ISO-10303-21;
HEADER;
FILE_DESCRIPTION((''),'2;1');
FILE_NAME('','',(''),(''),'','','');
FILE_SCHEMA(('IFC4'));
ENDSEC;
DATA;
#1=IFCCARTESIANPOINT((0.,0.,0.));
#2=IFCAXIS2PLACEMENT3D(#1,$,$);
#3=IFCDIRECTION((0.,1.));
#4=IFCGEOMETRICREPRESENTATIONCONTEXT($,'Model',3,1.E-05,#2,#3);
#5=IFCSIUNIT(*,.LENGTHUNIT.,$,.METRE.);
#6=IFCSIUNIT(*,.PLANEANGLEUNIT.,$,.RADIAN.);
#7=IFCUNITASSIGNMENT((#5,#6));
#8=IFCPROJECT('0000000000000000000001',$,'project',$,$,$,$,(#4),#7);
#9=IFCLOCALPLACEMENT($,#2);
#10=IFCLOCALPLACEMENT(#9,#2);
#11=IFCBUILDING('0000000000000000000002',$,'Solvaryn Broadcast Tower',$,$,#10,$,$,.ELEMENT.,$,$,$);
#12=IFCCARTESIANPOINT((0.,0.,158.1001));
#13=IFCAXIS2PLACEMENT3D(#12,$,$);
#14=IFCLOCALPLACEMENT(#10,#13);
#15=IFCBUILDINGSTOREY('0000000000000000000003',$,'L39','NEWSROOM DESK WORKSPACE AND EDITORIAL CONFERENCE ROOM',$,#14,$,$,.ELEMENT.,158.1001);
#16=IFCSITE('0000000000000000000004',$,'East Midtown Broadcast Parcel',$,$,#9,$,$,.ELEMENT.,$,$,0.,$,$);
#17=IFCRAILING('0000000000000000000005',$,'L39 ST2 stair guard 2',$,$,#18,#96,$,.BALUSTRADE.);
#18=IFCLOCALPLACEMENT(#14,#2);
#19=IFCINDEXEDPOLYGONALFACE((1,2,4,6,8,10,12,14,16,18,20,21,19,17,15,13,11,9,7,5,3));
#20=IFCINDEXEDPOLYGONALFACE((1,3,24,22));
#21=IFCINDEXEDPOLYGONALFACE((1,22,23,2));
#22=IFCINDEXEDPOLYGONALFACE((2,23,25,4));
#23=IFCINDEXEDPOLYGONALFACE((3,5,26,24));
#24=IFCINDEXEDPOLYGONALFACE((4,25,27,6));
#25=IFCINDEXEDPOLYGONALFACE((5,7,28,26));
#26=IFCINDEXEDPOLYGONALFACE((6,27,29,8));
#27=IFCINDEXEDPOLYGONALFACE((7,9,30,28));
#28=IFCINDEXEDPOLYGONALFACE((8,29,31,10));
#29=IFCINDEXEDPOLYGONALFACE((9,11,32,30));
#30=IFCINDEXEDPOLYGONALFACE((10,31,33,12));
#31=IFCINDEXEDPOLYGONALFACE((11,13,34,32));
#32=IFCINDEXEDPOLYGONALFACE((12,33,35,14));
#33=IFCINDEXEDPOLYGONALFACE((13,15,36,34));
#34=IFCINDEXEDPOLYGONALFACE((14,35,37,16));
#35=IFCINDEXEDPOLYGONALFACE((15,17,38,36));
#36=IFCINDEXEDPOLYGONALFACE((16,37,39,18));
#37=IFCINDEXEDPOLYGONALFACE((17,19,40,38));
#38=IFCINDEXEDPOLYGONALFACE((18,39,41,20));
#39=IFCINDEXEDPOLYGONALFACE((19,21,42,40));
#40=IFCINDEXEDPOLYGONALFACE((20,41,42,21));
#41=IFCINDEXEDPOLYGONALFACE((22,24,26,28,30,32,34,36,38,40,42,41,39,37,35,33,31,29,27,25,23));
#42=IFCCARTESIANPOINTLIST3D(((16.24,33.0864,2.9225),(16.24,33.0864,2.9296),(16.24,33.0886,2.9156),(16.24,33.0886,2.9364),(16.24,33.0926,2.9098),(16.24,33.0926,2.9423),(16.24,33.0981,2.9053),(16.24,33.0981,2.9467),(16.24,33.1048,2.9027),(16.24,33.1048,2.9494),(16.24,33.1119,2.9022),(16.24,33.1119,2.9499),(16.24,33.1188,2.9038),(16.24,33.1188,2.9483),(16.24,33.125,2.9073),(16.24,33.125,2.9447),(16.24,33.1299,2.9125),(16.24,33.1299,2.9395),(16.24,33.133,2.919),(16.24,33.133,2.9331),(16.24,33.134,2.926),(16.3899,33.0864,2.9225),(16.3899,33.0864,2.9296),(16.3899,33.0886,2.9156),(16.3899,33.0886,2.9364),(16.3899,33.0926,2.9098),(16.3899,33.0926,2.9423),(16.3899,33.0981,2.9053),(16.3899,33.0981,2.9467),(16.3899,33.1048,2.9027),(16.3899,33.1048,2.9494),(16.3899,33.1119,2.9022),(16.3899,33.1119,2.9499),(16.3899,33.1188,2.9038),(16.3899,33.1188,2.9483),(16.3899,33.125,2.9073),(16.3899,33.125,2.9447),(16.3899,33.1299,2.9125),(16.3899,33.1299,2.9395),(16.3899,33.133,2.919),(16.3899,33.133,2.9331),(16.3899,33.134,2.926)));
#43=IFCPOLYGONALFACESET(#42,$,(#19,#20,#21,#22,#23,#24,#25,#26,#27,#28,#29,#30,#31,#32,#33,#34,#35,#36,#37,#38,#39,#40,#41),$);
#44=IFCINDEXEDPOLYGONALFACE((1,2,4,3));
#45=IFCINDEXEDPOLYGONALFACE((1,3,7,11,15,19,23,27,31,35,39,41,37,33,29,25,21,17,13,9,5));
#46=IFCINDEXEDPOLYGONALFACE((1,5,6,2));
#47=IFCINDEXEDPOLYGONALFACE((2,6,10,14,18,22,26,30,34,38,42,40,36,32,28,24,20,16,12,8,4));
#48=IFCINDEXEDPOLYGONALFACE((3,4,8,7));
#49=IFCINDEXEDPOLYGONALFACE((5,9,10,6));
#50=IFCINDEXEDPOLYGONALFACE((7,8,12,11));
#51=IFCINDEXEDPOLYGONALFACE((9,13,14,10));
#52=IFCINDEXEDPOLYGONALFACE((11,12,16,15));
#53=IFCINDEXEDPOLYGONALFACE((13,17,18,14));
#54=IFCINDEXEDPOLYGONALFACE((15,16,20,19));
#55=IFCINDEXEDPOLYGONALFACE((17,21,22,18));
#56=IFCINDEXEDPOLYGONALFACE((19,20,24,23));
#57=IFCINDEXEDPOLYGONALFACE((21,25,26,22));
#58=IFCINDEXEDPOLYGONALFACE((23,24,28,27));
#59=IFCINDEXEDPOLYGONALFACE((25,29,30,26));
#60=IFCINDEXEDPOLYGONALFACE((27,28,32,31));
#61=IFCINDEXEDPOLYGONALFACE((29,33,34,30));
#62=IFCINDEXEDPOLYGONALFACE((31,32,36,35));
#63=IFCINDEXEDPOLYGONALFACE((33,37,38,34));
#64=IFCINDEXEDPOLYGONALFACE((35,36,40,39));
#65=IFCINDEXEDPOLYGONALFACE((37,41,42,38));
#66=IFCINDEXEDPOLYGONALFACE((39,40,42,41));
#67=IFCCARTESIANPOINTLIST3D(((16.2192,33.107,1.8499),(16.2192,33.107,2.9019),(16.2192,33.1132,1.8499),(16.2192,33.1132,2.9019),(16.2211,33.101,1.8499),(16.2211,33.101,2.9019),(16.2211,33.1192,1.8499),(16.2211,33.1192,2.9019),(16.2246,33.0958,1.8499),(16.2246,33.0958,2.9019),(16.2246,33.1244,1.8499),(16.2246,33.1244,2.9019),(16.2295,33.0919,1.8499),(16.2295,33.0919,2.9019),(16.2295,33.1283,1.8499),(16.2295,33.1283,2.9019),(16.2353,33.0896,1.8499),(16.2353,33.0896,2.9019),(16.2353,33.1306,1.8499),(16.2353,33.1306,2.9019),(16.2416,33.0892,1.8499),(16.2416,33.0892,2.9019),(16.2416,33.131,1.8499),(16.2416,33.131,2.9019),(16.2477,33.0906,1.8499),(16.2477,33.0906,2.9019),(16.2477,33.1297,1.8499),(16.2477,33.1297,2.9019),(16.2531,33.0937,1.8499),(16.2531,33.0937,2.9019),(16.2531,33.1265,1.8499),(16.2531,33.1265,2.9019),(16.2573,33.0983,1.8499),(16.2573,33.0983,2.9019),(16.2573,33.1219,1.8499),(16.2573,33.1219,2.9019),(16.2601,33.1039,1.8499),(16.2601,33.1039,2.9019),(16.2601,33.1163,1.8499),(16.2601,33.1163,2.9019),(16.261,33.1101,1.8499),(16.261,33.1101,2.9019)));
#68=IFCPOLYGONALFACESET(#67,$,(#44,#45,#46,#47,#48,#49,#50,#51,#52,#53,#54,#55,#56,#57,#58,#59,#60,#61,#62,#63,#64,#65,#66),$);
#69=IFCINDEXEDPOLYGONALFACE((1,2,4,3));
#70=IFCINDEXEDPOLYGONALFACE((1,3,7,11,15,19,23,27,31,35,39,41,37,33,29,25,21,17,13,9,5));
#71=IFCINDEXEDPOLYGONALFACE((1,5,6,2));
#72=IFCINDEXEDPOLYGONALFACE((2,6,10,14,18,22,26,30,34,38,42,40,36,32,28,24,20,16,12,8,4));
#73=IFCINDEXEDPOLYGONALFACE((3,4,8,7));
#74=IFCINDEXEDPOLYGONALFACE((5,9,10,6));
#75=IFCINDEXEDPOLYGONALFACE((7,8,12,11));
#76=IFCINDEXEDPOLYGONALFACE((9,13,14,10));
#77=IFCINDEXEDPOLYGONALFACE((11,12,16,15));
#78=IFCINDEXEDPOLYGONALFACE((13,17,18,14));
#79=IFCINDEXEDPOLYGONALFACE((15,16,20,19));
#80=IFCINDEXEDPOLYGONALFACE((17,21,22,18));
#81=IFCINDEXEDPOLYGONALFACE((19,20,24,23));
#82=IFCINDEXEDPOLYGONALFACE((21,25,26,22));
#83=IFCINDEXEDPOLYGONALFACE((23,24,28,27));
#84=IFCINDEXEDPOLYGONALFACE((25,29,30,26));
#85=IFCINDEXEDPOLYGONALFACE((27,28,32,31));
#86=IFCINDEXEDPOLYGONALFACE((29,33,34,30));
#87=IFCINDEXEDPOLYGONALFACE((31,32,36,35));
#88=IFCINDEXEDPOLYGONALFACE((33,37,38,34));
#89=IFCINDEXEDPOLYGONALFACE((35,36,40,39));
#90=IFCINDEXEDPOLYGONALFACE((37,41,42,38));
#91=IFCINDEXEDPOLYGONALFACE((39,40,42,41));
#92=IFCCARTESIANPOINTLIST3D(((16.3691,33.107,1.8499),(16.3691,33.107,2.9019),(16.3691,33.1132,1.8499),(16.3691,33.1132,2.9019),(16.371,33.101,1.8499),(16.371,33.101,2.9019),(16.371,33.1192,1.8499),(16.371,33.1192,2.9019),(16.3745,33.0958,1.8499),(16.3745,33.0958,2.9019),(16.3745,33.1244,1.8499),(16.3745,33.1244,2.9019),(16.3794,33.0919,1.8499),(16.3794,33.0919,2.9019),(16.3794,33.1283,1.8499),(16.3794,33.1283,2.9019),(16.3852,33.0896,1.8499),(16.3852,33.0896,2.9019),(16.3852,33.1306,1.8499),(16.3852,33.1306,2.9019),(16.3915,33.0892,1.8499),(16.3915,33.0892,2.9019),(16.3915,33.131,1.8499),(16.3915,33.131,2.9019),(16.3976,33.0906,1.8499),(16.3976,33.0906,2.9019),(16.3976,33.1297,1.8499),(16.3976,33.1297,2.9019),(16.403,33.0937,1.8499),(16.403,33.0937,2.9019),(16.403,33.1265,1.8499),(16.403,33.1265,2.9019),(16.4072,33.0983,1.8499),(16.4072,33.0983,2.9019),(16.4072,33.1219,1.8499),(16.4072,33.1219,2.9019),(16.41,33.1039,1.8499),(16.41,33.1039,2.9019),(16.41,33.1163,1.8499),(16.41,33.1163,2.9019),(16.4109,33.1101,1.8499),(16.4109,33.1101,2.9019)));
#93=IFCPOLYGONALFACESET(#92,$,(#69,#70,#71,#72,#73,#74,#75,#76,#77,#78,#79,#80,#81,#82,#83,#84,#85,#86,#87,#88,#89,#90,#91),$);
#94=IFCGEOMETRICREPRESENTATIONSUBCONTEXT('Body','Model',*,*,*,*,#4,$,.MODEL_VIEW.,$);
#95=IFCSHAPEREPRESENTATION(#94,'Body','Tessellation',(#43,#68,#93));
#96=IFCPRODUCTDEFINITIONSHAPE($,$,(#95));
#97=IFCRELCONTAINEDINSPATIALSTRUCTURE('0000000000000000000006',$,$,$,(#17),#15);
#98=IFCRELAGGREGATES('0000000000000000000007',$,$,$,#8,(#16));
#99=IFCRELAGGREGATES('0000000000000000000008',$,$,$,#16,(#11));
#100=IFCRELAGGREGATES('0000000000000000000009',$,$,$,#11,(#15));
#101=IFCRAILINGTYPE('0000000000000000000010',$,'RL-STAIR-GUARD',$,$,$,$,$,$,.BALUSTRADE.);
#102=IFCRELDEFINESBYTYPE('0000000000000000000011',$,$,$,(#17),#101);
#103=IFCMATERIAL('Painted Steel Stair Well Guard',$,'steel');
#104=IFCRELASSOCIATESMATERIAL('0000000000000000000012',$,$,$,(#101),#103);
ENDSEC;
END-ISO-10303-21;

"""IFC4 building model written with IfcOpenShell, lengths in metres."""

from ifc_helpers import new_model, si_unit, direction, frame, origin, origin_2d, place, context, subcontext, project, spatial, circle, extrude, material, type_object, element, save


model = new_model("IFC4")

# Units and contexts
model_context = context("Model", 3, precision=1e-05, world=origin(), true_north=direction((0.0, 1.0)))
body_context = subcontext(model_context, "Body", "Model", "MODEL_VIEW")
ifc_project = project(units=[si_unit("LENGTHUNIT", "METRE"), si_unit("PLANEANGLEUNIT", "RADIAN")], contexts=[model_context])

# Site, building, storey
site_placement = place(None, origin())
site = spatial("IfcSite", under=ifc_project, at=site_placement, Name="East Midtown Broadcast Parcel", CompositionType="ELEMENT", RefElevation=0.0)
building_placement = place(site_placement, origin())
building = spatial("IfcBuilding", under=site, at=building_placement, Name="Solvaryn Broadcast Tower", CompositionType="ELEMENT")
storey_placement = place(building_placement, frame((0.0, 0.0, 158.1001)))
storey = spatial("IfcBuildingStorey", under=building, at=storey_placement, Name="L39", Description="NEWSROOM DESK WORKSPACE AND EDITORIAL CONFERENCE ROOM", CompositionType="ELEMENT", Elevation=158.1001)

# Railing
ifc_material_1 = material(Name="Painted Steel Stair Well Guard", Category="steel")
railing_type_1 = type_object("IfcRailingType", Name="RL-STAIR-GUARD", PredefinedType="BALUSTRADE", material=ifc_material_1)
railing_1_placement = place(storey_placement, frame((16.24, 33.1101, 1.8499)))
element("IfcRailing", 1, at=railing_1_placement, inside=storey, type_object=railing_type_1, Name="L39 ST2 stair guard 2", PredefinedType="BALUSTRADE", context=body_context, shape_type="SweptSolid", body=[
    extrude(circle(Radius=0.0239, at=origin_2d()), frame((0.0, 0.0, 1.0762), z_axis=(1.0, 0.0, 0.0), x_axis=(0.0, 1.0, 0.0)), (0.0, 0.0, 1.0), 0.1499),
    extrude(circle(Radius=0.021, at=origin_2d()), origin(), (0.0, 0.0, 1.0), 1.052),
    extrude(circle(Radius=0.021, at=origin_2d()), frame((0.1499, 0.0, 0.0)), (0.0, 0.0, 1.0), 1.052),
])

save(model, "model.ifc")
